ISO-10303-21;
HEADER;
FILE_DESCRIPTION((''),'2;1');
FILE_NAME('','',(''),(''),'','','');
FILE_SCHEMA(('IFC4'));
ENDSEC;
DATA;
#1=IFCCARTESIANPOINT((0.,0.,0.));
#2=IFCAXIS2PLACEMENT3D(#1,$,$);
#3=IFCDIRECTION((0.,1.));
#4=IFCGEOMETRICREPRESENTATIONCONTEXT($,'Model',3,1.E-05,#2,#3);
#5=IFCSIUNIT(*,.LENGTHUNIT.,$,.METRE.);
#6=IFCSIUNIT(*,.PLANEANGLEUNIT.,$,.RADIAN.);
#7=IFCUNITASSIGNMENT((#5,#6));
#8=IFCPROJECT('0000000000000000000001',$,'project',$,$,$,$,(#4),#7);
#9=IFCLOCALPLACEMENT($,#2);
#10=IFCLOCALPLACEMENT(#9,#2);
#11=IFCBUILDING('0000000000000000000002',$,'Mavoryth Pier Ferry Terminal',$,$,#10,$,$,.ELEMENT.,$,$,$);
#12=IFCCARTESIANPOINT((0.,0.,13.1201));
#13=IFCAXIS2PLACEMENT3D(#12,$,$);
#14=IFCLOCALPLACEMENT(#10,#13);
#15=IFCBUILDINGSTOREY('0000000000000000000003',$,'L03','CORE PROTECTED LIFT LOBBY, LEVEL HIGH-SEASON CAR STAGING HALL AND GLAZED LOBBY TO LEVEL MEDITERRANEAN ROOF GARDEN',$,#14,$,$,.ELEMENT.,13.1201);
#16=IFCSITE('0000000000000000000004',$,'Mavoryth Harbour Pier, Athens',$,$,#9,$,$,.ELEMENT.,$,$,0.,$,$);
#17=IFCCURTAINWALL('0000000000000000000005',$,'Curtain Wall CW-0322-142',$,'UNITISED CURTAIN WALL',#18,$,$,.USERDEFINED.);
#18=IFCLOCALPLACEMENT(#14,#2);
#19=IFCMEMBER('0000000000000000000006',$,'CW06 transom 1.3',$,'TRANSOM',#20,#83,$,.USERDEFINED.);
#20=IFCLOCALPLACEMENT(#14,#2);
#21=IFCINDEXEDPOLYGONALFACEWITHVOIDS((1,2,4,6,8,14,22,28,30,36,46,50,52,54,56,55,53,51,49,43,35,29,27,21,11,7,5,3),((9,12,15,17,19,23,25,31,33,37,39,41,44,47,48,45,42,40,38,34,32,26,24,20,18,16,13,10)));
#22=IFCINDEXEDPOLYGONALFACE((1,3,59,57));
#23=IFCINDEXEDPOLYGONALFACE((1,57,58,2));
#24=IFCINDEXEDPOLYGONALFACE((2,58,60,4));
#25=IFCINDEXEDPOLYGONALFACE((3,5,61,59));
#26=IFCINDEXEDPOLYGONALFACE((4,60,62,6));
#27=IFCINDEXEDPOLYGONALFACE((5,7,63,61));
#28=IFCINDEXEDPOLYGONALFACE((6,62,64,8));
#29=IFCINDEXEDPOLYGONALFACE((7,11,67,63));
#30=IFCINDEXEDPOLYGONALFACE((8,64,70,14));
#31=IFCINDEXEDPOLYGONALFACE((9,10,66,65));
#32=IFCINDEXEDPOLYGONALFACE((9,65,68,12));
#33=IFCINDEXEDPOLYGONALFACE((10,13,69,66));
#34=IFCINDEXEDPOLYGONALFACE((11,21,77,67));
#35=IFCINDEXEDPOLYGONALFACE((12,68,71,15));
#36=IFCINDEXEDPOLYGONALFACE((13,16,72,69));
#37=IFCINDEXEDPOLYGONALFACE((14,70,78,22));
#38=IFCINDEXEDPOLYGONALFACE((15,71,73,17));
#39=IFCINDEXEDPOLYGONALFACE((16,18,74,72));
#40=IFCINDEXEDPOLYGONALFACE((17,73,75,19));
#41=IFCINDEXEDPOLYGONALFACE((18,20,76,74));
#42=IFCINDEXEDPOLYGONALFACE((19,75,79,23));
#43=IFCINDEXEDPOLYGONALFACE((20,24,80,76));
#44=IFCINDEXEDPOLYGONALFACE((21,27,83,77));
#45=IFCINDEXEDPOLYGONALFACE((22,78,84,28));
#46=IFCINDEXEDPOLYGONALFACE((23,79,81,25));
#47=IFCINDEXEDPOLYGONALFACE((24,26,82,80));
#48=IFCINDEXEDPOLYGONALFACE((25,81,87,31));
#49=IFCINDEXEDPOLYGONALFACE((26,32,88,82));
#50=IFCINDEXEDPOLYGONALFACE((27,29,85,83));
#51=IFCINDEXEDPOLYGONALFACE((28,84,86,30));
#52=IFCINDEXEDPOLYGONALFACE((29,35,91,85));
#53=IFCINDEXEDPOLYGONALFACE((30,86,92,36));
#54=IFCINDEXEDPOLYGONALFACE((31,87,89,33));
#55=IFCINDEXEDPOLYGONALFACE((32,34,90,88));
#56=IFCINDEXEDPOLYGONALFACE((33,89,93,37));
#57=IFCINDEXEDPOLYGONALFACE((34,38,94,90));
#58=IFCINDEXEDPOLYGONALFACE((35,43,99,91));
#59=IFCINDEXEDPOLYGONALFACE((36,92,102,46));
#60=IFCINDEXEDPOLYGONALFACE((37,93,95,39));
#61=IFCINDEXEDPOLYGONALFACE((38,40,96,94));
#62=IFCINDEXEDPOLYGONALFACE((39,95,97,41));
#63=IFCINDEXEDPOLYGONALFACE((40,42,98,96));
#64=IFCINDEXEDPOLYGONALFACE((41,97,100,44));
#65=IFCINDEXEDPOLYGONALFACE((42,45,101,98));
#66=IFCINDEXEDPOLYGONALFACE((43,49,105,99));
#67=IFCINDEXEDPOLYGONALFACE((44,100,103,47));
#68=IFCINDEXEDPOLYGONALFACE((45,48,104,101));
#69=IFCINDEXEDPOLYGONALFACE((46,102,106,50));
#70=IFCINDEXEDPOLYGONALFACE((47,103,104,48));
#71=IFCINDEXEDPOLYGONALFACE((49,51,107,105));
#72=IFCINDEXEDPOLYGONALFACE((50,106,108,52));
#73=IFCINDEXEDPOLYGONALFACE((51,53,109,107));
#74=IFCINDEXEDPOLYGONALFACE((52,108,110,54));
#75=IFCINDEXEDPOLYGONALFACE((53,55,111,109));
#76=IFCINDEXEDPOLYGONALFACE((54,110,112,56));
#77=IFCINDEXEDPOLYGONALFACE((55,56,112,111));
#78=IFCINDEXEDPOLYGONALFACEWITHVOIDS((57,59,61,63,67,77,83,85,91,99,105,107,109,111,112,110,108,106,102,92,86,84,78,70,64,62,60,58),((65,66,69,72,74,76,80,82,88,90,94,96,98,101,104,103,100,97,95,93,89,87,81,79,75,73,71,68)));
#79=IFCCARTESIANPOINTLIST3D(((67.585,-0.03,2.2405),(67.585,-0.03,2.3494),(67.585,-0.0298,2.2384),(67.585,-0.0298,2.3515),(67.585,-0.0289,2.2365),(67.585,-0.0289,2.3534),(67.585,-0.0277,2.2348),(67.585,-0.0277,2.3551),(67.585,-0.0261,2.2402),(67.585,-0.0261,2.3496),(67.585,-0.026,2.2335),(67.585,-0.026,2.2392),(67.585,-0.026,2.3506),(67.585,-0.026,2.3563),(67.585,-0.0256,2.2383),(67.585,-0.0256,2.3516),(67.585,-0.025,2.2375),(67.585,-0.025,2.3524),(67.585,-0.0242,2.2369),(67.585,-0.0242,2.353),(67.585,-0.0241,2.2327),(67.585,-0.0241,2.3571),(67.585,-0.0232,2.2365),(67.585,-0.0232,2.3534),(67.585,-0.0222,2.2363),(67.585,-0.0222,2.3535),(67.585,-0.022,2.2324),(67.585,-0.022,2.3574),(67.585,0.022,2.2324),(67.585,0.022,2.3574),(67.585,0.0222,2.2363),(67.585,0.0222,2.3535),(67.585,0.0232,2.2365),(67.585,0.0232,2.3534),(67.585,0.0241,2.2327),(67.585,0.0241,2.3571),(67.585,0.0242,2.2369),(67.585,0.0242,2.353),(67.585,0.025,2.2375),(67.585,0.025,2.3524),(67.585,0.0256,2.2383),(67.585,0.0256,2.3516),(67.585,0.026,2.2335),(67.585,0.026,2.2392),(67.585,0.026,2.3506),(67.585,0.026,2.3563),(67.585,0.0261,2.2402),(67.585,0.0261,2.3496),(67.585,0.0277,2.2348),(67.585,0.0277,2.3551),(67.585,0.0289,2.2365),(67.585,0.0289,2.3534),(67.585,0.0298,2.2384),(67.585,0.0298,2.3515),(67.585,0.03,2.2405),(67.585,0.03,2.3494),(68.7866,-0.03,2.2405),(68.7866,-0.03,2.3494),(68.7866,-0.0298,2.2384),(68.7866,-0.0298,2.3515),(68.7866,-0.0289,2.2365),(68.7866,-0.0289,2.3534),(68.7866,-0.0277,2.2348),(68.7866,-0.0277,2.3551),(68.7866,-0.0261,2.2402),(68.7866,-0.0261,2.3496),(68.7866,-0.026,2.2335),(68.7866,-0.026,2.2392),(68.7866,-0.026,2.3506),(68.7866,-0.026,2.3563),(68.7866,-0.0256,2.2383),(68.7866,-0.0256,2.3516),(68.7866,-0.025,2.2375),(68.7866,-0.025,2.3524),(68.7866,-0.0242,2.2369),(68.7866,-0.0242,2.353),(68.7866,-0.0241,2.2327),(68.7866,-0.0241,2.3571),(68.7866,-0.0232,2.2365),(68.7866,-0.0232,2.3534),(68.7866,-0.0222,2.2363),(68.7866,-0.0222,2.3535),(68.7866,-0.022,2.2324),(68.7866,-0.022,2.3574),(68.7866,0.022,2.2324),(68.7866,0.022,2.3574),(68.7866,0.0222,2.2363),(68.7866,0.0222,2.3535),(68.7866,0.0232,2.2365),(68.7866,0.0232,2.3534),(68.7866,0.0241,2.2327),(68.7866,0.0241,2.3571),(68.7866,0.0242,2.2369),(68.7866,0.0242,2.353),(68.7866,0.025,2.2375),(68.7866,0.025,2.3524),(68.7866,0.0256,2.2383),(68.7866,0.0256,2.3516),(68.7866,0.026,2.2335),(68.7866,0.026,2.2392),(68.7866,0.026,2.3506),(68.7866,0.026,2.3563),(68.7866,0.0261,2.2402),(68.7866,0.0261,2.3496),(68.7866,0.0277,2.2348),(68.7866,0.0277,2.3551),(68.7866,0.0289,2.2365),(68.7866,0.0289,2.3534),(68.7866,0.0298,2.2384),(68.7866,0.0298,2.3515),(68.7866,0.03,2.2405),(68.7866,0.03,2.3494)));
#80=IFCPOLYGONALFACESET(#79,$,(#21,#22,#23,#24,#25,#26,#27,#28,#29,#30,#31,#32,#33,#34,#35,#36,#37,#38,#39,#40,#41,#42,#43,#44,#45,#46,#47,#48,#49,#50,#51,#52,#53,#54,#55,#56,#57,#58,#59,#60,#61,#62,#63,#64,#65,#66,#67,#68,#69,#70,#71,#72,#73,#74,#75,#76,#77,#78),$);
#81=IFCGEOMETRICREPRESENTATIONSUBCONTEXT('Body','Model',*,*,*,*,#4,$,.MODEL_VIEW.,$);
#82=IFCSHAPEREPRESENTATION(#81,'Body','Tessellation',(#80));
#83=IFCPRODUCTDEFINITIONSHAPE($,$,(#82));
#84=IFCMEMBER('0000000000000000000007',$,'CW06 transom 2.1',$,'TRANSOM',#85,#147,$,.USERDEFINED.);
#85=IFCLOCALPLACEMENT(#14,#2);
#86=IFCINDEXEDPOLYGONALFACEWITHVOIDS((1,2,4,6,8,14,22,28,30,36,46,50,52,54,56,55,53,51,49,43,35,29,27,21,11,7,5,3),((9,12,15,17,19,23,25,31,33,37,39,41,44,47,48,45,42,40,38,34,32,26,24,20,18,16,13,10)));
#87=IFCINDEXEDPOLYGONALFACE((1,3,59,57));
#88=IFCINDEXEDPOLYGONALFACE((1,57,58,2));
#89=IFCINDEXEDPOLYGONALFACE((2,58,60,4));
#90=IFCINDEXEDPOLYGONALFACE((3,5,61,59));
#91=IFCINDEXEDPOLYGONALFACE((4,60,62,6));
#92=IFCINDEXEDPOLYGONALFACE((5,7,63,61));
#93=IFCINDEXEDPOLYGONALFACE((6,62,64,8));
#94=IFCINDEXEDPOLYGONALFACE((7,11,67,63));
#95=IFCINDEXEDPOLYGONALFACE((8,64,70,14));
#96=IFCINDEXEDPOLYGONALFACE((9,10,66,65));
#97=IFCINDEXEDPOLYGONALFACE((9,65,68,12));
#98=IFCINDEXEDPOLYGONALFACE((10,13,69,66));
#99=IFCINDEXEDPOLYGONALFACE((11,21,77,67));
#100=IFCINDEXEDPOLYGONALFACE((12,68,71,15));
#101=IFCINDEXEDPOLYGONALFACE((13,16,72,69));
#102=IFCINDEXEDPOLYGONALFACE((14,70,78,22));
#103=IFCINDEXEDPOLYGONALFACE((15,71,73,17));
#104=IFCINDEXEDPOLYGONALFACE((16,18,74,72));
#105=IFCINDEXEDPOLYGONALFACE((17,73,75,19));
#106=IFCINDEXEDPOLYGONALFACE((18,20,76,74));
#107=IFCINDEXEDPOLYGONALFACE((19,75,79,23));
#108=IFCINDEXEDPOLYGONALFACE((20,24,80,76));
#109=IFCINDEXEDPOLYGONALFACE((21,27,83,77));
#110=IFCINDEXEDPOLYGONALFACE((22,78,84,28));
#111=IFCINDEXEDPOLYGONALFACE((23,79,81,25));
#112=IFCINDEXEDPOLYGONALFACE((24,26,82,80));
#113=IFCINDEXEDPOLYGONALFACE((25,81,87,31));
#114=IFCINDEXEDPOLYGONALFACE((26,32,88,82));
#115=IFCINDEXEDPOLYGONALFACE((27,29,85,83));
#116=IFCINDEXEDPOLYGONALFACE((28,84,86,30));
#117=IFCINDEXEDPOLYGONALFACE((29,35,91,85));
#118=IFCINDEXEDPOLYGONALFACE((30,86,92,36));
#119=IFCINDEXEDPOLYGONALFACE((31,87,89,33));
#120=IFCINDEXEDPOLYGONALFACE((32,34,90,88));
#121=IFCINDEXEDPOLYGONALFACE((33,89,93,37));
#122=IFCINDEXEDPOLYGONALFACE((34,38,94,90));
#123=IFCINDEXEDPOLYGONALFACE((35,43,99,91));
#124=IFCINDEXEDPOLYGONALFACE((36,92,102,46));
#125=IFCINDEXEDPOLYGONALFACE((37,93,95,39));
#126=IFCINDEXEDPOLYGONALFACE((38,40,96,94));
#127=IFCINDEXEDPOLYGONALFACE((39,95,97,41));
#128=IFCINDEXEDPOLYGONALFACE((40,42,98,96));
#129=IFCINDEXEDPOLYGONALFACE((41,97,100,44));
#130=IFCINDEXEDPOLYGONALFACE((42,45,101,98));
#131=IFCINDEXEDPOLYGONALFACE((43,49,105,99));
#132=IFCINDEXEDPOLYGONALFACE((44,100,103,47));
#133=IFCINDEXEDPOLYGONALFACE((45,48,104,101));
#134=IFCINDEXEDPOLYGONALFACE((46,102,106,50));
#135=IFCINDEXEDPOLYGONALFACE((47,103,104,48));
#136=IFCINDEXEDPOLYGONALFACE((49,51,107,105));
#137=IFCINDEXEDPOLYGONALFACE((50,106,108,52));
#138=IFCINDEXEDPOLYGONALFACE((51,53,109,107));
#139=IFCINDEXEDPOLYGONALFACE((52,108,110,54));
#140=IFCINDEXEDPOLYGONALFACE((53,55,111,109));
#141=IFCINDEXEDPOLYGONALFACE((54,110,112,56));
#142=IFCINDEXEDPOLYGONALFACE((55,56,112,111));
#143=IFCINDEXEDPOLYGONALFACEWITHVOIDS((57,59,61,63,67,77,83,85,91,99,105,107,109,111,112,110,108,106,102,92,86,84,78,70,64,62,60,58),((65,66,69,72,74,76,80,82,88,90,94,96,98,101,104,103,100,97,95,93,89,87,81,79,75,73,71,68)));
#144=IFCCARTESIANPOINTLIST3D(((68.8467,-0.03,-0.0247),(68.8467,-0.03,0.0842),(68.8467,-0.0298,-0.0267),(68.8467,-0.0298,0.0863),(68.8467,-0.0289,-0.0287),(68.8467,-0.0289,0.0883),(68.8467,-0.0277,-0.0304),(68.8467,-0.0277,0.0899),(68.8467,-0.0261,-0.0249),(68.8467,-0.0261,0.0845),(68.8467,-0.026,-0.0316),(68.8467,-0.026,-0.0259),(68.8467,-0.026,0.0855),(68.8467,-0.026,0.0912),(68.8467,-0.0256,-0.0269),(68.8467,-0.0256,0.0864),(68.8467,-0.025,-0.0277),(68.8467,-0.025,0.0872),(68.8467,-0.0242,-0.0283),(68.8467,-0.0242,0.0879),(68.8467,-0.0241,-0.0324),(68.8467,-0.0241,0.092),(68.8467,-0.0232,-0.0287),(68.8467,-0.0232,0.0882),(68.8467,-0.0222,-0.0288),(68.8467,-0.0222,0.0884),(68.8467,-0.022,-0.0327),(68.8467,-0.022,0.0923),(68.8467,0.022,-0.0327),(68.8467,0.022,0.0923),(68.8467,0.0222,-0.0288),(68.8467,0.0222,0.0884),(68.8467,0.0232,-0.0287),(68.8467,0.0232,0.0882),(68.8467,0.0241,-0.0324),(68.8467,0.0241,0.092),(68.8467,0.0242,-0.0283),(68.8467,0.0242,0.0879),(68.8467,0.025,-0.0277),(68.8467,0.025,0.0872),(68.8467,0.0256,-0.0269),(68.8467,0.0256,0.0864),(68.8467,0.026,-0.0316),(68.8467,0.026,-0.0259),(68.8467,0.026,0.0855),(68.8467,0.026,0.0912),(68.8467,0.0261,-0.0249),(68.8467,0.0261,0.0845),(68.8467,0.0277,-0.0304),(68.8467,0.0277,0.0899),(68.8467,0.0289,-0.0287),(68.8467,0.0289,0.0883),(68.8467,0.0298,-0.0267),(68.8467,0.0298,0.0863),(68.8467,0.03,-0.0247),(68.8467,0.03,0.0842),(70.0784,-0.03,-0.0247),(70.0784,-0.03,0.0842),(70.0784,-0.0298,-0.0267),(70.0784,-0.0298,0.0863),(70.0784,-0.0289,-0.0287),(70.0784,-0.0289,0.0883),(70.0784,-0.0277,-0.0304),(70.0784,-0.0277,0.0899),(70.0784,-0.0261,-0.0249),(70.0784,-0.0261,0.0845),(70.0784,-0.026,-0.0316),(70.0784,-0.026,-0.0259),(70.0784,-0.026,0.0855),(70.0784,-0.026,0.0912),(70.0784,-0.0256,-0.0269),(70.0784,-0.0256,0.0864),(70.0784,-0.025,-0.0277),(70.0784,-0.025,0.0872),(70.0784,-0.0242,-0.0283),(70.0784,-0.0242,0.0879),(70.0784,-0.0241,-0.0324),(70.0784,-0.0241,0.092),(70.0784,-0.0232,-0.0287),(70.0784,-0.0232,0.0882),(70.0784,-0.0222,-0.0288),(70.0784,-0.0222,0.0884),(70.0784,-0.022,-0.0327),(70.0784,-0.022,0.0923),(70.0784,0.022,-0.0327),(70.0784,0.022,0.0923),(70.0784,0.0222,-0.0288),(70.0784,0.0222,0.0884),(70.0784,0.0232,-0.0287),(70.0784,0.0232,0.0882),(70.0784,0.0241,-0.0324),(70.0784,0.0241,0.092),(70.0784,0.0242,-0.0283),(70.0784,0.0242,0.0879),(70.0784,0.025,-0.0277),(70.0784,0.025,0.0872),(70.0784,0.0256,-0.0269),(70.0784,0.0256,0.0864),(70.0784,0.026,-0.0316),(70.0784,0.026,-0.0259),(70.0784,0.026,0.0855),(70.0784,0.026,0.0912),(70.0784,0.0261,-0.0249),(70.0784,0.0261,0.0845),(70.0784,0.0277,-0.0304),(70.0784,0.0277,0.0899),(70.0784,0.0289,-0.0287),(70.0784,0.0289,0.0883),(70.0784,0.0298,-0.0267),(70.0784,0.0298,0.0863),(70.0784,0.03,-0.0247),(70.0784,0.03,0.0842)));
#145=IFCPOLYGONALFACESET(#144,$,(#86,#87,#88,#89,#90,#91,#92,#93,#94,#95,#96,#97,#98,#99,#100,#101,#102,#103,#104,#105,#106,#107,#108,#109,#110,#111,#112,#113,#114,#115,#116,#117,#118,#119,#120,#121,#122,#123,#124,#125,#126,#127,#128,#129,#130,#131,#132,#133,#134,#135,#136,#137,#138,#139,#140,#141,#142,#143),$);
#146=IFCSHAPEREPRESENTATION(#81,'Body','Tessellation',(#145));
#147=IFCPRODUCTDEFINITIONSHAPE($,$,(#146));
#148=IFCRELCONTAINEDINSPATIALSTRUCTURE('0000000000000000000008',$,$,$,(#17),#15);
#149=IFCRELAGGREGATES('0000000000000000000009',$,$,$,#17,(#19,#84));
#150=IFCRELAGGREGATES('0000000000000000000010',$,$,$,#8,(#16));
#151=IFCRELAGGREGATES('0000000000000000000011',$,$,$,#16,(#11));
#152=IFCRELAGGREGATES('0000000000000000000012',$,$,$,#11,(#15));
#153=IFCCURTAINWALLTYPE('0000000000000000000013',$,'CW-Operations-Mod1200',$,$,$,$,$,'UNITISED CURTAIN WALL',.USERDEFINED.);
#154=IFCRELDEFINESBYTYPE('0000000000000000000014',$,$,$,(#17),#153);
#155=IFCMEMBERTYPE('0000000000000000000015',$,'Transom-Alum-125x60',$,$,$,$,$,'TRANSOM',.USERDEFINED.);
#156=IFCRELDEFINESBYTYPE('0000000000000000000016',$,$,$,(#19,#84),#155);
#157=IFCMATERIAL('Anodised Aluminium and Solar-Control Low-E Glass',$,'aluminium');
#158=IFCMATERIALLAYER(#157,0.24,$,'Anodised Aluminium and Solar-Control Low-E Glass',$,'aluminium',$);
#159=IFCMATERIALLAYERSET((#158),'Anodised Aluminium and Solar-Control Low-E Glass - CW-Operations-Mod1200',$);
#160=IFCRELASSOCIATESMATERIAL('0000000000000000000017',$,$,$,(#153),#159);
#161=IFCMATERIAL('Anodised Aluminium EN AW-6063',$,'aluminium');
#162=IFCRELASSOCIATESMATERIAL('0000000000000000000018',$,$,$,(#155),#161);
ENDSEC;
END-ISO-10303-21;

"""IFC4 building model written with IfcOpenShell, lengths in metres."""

from ifc_helpers import new_model, si_unit, direction, frame, origin, origin_2d, place, context, subcontext, project, spatial, hollow_rectangle, extrude, material, layer, layer_set, material_profile, profile_set, type_object, element, aggregate, save


model = new_model("IFC4")

# Units and contexts
model_context = context("Model", 3, precision=1e-05, world=origin(), true_north=direction((0.0, 1.0)))
body_context = subcontext(model_context, "Body", "Model", "MODEL_VIEW")
ifc_project = project(units=[si_unit("LENGTHUNIT", "METRE"), si_unit("PLANEANGLEUNIT", "RADIAN")], contexts=[model_context])

# Site, building, storey
site_placement = place(None, origin())
site = spatial("IfcSite", under=ifc_project, at=site_placement, Name="Mavoryth Harbour Pier, Athens", CompositionType="ELEMENT", RefElevation=0.0)
building_placement = place(site_placement, origin())
building = spatial("IfcBuilding", under=site, at=building_placement, Name="Mavoryth Pier Ferry Terminal", CompositionType="ELEMENT")
storey_placement = place(building_placement, frame((0.0, 0.0, 13.1201)))
storey = spatial("IfcBuildingStorey", under=building, at=storey_placement, Name="L03", Description="CORE PROTECTED LIFT LOBBY, LEVEL HIGH-SEASON CAR STAGING HALL AND GLAZED LOBBY TO LEVEL MEDITERRANEAN ROOF GARDEN", CompositionType="ELEMENT", Elevation=13.1201)

# Curtain wall
ifc_material_1 = material(Name="Anodised Aluminium and Solar-Control Low-E Glass", Category="aluminium")
ifc_layer_1 = layer(ifc_material_1, 0.24, Name="Anodised Aluminium and Solar-Control Low-E Glass", Category="aluminium")
ifc_layer_set_1 = layer_set([ifc_layer_1], Name="Anodised Aluminium and Solar-Control Low-E Glass - CW-Operations-Mod1200")
curtain_wall_type = type_object("IfcCurtainWallType", Name="CW-Operations-Mod1200", ElementType="UNITISED CURTAIN WALL", PredefinedType="USERDEFINED", material=ifc_layer_set_1)
ifc_material_2 = material(Name="Anodised Aluminium EN AW-6063", Category="aluminium")
curtain_wall_1_placement = place(storey_placement, origin())
curtain_wall_1 = element("IfcCurtainWall", 1, at=curtain_wall_1_placement, inside=storey, type_object=curtain_wall_type, Name="Curtain Wall CW-0322-142", ObjectType="UNITISED CURTAIN WALL", PredefinedType="USERDEFINED")

# Members
ifc_material_profile_1 = material_profile(ifc_material_2, hollow_rectangle(XDim=0.0601, YDim=0.125, WallThickness=0.0039, InnerFilletRadius=0.0039, OuterFilletRadius=0.0081, at=origin_2d()), Name="AL-TRAN 125x60x4", Category="aluminium")
ifc_profile_set_1 = profile_set([ifc_material_profile_1], Name="Anodised Aluminium EN AW-6063 - AL-TRAN 125x60x4")
member_type_1 = type_object("IfcMemberType", Name="Transom-Alum-125x60", ElementType="TRANSOM", PredefinedType="USERDEFINED", material=ifc_profile_set_1)
member_1_placement = place(storey_placement, frame((67.585, 0.0, 2.2949), z_axis=(1.0, 0.0, 0.0), x_axis=(0.0, 1.0, 0.0)))
member_1 = element("IfcMember", 2, at=member_1_placement, type_object=member_type_1, Name="CW06 transom 1.3", ObjectType="TRANSOM", PredefinedType="USERDEFINED", context=body_context, shape_type="SweptSolid", body=[
    extrude(hollow_rectangle(XDim=0.0601, YDim=0.125, WallThickness=0.0039, InnerFilletRadius=0.0039, OuterFilletRadius=0.0081, at=origin_2d()), origin(), (0.0, 0.0, 1.0), 1.2017),
])
member_2_placement = place(storey_placement, frame((68.8467, 0.0, 0.0298), z_axis=(1.0, 0.0, 0.0), x_axis=(0.0, 1.0, 0.0)))
member_2 = element("IfcMember", 3, at=member_2_placement, type_object=member_type_1, Name="CW06 transom 2.1", ObjectType="TRANSOM", PredefinedType="USERDEFINED", context=body_context, shape_type="SweptSolid", body=[
    extrude(hollow_rectangle(XDim=0.0601, YDim=0.125, WallThickness=0.0039, InnerFilletRadius=0.0039, OuterFilletRadius=0.0081, at=origin_2d()), origin(), (0.0, 0.0, 1.0), 1.2317),
])

aggregate(curtain_wall_1, [member_1, member_2])

save(model, "model.ifc")
